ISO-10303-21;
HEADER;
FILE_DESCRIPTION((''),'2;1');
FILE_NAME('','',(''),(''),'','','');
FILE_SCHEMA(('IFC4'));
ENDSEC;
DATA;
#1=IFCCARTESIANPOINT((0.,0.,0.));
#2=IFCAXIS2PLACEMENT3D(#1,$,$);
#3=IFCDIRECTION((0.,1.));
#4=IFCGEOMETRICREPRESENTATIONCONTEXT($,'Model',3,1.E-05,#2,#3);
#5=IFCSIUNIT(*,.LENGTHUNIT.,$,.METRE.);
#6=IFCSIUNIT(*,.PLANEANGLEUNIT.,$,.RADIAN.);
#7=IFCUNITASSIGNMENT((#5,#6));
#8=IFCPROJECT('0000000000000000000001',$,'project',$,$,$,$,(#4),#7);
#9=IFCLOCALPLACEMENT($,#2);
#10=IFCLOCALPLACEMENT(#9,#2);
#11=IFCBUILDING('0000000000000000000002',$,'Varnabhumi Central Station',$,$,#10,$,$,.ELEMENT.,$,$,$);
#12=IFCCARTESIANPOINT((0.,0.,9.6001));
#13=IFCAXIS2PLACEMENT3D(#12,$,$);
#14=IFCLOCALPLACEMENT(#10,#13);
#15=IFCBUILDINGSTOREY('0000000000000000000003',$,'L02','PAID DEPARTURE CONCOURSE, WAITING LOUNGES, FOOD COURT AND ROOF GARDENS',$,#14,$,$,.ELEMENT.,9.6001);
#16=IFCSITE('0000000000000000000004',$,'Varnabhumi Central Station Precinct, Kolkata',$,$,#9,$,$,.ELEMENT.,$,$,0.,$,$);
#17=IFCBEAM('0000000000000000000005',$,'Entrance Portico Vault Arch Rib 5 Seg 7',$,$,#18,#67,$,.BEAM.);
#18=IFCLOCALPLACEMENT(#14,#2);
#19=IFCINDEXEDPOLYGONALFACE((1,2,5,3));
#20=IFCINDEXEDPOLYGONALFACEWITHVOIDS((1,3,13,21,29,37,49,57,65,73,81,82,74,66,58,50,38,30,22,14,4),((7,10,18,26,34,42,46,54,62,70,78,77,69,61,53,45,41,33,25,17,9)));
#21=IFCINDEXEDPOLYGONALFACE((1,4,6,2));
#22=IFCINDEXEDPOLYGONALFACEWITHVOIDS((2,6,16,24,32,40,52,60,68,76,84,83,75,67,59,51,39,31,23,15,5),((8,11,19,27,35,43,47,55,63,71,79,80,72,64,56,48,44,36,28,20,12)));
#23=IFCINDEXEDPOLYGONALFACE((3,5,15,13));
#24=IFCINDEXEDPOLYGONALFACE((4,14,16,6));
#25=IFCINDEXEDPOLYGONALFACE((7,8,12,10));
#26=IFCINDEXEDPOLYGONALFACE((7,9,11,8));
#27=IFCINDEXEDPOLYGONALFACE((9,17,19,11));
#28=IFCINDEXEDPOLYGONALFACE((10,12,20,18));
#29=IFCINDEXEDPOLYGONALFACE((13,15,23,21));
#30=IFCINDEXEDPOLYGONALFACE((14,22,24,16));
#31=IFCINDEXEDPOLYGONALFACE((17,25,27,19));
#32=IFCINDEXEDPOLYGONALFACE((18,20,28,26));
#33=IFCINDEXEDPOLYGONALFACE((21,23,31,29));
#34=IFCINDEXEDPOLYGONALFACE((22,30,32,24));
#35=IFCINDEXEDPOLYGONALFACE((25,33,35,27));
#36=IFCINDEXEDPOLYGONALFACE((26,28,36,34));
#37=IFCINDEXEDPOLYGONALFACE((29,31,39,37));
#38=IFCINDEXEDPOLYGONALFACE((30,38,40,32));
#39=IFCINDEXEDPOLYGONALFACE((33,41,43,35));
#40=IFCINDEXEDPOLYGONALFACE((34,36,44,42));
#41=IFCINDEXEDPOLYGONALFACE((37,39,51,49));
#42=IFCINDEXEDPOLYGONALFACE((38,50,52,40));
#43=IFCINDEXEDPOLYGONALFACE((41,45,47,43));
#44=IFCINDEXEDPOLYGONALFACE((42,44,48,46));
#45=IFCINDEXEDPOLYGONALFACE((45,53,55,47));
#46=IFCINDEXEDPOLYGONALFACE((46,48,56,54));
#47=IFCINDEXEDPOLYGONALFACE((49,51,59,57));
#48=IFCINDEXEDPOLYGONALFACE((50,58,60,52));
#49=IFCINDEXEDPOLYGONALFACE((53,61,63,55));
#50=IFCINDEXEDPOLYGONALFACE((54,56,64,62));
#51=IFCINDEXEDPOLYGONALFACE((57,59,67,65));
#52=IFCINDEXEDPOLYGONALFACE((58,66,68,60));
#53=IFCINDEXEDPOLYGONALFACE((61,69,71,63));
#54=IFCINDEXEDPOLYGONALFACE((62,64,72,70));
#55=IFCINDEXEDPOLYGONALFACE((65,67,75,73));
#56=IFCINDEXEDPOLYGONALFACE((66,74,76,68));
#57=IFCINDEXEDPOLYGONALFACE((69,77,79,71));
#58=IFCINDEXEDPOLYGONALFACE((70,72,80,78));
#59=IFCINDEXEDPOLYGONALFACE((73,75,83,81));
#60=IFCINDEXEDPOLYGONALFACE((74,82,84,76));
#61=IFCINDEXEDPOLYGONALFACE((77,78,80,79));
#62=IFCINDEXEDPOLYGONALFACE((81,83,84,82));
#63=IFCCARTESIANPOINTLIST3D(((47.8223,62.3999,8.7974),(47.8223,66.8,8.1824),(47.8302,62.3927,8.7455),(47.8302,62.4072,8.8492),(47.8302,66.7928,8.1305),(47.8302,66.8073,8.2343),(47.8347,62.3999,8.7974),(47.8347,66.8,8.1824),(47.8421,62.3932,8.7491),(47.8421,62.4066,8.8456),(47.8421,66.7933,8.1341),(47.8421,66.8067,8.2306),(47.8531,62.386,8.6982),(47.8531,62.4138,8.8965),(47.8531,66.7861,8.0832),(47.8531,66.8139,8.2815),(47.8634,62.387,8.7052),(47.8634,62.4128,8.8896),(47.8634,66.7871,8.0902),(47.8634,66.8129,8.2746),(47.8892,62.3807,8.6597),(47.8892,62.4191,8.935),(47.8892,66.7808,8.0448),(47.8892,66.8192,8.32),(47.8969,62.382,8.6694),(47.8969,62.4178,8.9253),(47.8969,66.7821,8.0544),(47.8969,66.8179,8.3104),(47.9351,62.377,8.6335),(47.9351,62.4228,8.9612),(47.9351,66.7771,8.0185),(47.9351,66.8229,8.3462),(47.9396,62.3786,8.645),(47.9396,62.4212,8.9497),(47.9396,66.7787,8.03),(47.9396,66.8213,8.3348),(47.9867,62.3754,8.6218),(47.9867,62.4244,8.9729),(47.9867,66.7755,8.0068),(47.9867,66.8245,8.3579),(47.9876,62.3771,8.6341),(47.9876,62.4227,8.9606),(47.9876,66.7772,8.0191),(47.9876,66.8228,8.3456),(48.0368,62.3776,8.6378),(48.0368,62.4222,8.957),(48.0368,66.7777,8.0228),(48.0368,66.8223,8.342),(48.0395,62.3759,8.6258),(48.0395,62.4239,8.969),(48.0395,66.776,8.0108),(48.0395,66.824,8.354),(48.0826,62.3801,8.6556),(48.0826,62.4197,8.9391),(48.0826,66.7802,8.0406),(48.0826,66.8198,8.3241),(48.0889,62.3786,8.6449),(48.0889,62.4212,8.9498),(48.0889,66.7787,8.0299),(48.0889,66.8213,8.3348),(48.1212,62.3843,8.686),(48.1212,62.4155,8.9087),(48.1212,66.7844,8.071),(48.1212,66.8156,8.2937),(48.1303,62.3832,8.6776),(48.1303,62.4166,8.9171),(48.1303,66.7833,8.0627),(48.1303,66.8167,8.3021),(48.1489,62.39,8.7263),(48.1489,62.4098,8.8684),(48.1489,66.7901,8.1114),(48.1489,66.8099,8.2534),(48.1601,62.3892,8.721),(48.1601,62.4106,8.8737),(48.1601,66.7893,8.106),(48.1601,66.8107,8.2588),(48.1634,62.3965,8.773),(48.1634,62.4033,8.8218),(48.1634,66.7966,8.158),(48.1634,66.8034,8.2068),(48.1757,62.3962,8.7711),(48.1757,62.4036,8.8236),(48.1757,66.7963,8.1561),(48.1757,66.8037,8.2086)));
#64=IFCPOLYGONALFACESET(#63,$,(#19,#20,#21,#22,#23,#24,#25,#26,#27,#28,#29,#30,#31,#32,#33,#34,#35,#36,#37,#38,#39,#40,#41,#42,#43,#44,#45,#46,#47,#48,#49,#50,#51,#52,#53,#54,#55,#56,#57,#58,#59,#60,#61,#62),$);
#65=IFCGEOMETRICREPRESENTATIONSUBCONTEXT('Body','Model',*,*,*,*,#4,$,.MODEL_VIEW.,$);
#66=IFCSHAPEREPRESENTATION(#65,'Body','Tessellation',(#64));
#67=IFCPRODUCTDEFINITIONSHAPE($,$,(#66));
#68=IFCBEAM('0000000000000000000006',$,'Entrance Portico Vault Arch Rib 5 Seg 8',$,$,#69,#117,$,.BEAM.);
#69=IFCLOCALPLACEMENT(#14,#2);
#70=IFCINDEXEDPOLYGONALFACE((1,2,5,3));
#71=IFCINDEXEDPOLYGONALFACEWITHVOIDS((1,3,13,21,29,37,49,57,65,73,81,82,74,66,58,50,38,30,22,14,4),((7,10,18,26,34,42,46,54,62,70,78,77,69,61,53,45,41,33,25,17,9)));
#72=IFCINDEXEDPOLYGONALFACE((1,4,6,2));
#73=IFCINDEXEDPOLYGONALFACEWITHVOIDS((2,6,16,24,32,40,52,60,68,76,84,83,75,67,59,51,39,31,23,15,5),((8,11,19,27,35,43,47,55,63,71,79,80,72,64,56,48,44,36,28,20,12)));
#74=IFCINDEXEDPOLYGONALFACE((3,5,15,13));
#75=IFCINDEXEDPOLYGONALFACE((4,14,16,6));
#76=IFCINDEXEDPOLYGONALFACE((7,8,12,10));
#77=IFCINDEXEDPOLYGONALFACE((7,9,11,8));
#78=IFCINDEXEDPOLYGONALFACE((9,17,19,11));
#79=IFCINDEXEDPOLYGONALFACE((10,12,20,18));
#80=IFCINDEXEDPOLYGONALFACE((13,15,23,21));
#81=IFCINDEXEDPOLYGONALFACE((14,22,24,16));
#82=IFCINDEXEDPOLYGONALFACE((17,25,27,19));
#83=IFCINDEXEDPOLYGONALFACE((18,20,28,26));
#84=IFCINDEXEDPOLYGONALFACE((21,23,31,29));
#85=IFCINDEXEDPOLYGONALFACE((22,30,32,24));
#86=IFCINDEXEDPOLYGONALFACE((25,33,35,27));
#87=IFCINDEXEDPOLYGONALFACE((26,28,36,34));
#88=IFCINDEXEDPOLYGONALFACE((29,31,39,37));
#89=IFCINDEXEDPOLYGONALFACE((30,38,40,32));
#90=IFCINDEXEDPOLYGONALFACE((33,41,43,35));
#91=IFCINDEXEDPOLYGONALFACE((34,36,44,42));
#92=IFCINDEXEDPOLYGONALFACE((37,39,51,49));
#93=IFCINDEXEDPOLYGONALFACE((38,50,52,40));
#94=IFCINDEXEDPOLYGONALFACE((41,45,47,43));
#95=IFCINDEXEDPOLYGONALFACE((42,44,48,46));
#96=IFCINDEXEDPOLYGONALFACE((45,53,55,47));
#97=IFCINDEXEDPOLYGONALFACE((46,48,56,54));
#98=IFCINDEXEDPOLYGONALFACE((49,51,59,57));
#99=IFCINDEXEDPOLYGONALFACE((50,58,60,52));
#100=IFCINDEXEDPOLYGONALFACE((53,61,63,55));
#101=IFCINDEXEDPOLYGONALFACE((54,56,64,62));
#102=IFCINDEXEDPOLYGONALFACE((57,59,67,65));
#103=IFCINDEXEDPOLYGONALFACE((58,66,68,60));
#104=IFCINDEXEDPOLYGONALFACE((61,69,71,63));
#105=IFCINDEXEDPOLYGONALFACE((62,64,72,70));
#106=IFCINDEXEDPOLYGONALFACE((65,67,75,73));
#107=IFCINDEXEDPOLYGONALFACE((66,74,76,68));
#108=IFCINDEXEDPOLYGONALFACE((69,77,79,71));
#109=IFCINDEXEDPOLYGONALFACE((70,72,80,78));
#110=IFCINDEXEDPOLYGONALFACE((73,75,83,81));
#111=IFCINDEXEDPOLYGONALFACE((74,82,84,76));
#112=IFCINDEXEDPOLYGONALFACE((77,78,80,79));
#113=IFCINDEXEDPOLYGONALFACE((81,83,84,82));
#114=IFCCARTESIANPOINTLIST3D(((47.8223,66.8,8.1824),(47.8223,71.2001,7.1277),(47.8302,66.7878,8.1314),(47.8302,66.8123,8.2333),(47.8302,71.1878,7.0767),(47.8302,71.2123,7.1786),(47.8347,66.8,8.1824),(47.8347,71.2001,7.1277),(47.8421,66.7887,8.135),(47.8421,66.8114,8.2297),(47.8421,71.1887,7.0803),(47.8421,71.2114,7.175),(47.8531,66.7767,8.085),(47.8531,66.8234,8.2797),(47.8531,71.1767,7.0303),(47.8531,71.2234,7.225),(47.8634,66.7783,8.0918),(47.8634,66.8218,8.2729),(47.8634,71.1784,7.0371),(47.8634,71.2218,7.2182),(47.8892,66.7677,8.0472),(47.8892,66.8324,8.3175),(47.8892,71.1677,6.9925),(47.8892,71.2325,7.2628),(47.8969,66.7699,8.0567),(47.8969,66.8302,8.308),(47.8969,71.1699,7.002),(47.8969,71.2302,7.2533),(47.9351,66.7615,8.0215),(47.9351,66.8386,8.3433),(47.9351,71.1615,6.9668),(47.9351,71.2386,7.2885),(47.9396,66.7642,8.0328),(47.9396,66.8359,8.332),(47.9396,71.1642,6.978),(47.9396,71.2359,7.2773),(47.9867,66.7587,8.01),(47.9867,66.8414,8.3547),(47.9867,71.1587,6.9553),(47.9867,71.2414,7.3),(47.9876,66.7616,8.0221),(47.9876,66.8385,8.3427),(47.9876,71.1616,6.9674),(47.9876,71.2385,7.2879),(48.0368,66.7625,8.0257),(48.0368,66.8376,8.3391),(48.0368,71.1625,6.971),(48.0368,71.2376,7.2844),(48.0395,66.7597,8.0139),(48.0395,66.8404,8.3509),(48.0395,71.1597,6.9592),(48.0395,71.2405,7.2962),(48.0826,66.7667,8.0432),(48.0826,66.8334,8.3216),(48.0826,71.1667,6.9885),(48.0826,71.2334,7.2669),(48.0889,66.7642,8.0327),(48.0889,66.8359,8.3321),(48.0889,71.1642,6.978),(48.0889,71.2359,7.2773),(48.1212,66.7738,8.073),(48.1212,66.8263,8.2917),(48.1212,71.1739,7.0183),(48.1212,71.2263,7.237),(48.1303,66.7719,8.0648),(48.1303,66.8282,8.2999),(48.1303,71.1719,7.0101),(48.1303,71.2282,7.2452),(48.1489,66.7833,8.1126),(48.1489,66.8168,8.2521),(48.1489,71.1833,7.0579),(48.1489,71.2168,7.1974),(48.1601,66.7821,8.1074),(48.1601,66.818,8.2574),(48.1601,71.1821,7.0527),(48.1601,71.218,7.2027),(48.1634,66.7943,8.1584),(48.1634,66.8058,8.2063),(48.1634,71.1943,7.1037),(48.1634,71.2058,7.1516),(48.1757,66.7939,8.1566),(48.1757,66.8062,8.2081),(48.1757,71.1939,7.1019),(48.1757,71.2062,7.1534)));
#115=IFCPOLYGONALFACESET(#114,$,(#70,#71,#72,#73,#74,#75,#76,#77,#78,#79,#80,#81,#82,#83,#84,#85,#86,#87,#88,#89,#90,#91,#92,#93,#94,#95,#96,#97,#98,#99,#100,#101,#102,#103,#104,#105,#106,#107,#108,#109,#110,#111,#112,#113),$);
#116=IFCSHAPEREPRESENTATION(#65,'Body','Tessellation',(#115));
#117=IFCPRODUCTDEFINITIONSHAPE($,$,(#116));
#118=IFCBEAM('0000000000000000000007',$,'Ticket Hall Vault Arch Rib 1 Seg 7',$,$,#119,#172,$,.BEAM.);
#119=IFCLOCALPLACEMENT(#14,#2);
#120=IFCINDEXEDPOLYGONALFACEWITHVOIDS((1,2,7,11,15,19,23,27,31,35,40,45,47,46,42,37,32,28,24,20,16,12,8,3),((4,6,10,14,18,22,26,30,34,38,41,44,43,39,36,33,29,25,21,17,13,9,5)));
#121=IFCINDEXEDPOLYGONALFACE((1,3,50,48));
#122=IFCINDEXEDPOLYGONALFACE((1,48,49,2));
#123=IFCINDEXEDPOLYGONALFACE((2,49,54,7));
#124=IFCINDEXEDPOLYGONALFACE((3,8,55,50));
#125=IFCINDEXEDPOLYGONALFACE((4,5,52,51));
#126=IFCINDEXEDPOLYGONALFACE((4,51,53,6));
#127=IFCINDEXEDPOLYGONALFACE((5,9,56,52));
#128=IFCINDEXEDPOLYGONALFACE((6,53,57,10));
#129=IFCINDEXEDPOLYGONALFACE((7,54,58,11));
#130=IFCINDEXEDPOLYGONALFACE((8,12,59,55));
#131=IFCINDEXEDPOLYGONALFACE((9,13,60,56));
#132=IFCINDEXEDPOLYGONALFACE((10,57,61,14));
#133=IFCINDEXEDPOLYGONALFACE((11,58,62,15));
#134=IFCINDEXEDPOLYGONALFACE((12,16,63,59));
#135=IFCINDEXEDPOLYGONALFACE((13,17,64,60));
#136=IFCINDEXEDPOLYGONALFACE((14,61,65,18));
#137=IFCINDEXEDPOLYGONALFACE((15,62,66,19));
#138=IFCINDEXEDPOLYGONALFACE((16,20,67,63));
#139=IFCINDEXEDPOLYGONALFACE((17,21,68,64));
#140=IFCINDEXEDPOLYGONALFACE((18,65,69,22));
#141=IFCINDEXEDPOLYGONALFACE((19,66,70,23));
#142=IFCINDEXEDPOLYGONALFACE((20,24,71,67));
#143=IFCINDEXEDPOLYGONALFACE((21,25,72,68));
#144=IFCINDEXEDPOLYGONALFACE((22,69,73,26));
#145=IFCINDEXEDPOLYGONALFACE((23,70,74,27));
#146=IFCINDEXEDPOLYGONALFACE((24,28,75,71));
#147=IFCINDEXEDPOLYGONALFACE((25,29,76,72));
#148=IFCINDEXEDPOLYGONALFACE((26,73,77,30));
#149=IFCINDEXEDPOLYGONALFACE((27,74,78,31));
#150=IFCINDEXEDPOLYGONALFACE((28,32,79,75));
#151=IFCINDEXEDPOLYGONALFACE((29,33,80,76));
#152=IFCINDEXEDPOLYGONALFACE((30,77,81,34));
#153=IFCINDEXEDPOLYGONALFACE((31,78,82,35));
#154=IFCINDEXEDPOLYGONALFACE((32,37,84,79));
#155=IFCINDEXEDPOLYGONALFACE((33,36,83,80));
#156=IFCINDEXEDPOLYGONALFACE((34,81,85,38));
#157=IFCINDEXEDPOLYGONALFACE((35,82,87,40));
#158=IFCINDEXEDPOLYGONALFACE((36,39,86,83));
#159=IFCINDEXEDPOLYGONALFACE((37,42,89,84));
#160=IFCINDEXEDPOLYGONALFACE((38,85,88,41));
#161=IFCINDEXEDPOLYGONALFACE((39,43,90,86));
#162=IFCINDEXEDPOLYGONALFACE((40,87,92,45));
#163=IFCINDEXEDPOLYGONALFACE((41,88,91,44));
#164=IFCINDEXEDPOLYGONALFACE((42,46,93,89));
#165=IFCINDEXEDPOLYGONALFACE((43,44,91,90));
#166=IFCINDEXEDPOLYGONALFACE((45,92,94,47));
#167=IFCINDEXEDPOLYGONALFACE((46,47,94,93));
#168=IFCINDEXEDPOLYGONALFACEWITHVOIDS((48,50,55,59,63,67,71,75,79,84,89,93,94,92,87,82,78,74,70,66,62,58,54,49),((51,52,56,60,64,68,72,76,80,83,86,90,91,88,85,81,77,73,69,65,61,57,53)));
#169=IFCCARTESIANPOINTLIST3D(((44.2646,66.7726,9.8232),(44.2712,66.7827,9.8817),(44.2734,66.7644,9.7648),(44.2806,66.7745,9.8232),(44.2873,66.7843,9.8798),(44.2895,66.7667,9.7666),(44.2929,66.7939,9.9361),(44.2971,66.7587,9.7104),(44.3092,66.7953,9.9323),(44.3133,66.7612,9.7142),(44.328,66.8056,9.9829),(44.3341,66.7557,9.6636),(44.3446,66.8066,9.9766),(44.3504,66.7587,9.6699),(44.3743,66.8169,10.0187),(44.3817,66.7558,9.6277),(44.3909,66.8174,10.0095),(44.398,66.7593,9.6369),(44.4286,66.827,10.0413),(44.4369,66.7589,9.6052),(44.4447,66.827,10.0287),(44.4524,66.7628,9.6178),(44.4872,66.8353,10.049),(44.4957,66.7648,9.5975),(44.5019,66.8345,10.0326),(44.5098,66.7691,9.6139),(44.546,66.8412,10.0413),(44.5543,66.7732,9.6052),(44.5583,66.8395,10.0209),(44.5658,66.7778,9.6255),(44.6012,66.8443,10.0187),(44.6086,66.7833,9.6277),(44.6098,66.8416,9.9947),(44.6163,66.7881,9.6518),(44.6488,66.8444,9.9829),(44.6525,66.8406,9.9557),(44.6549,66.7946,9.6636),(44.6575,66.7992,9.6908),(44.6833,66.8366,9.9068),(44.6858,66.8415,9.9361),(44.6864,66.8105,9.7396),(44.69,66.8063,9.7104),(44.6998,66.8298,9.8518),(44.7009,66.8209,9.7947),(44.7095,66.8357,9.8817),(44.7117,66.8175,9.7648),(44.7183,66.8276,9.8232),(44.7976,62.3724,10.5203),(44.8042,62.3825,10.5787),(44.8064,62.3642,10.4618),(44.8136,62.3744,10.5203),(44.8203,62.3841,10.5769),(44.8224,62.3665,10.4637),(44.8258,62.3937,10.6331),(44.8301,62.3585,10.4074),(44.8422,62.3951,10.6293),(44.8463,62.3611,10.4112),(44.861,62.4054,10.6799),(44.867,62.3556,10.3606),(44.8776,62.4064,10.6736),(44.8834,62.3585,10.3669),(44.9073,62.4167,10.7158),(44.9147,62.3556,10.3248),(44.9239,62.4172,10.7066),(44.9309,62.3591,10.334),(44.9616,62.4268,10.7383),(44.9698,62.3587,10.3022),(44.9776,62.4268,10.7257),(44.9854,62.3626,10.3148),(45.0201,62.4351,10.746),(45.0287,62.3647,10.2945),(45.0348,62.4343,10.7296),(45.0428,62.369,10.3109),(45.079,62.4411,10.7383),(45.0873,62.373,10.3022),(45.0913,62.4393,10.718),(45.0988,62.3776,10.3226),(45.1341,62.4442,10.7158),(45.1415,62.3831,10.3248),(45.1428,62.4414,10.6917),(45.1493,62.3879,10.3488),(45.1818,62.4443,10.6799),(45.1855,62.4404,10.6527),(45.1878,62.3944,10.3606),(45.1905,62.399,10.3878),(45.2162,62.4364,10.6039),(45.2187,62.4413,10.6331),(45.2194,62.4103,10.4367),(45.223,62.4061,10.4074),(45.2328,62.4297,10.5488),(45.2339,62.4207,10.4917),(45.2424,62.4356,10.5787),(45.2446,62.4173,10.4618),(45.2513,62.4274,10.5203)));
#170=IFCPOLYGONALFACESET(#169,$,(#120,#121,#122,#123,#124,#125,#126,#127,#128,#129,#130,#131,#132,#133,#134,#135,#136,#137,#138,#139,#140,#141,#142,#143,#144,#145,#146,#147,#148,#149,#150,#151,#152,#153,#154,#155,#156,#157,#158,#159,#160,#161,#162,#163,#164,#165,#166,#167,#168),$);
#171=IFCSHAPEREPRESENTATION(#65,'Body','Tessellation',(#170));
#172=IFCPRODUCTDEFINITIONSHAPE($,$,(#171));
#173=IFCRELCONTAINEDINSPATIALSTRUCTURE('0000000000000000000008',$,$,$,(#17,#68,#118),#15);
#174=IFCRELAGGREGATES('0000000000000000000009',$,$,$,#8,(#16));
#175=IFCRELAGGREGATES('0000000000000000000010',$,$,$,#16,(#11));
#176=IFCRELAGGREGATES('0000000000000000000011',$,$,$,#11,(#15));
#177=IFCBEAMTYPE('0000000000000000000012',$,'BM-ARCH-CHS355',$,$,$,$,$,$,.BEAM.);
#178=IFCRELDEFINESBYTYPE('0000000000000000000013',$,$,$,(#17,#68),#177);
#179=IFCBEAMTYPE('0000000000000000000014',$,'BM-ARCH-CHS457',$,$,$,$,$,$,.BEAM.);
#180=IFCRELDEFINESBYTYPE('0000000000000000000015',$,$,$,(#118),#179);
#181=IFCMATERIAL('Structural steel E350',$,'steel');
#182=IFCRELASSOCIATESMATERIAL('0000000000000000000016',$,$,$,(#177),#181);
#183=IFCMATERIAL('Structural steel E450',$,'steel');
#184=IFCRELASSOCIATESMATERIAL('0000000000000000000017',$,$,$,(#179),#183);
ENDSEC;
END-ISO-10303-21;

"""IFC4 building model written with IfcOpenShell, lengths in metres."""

from ifc_helpers import new_model, si_unit, direction, frame, origin, origin_2d, place, context, subcontext, project, spatial, hollow_circle, extrude, material, material_profile, profile_set, type_object, element, save


model = new_model("IFC4")

# Units and contexts
model_context = context("Model", 3, precision=1e-05, world=origin(), true_north=direction((0.0, 1.0)))
body_context = subcontext(model_context, "Body", "Model", "MODEL_VIEW")
ifc_project = project(units=[si_unit("LENGTHUNIT", "METRE"), si_unit("PLANEANGLEUNIT", "RADIAN")], contexts=[model_context])

# Site, building, storey
site_placement = place(None, origin())
site = spatial("IfcSite", under=ifc_project, at=site_placement, Name="Varnabhumi Central Station Precinct, Kolkata", CompositionType="ELEMENT", RefElevation=0.0)
building_placement = place(site_placement, origin())
building = spatial("IfcBuilding", under=site, at=building_placement, Name="Varnabhumi Central Station", CompositionType="ELEMENT")
storey_placement = place(building_placement, frame((0.0, 0.0, 9.6001)))
storey = spatial("IfcBuildingStorey", under=building, at=storey_placement, Name="L02", Description="PAID DEPARTURE CONCOURSE, WAITING LOUNGES, FOOD COURT AND ROOF GARDENS", CompositionType="ELEMENT", Elevation=9.6001)

# Beams
ifc_material_1 = material(Name="Structural steel E350", Category="steel")
ifc_material_profile_1 = material_profile(ifc_material_1, hollow_circle(Radius=0.1777, WallThickness=0.0125, at=origin_2d()), Name="Structural steel E350", Category="steel")
ifc_profile_set_1 = profile_set([ifc_material_profile_1], Name="Structural steel E350")
beam_type_1 = type_object("IfcBeamType", Name="BM-ARCH-CHS355", PredefinedType="BEAM", material=ifc_profile_set_1)
beam_1_placement = place(storey_placement, frame((48.0, 62.3999, 8.7974), z_axis=(0.0, 0.990374, -0.13842), x_axis=(-1.0, 0.0, 0.0)))
element("IfcBeam", 1, at=beam_1_placement, inside=storey, type_object=beam_type_1, Name="Entrance Portico Vault Arch Rib 5 Seg 7", PredefinedType="BEAM", context=body_context, shape_type="SweptSolid", body=[
    extrude(hollow_circle(Radius=0.1777, WallThickness=0.0125, at=origin_2d()), origin(), (0.0, 0.0, 1.0), 4.4429),
])
beam_2_placement = place(storey_placement, frame((48.0, 66.8, 8.1824), z_axis=(0.0, 0.972452, -0.233104), x_axis=(-1.0, 0.0, 0.0)))
element("IfcBeam", 2, at=beam_2_placement, inside=storey, type_object=beam_type_1, Name="Entrance Portico Vault Arch Rib 5 Seg 8", PredefinedType="BEAM", context=body_context, shape_type="SweptSolid", body=[
    extrude(hollow_circle(Radius=0.1777, WallThickness=0.0125, at=origin_2d()), origin(), (0.0, 0.0, 1.0), 4.5247),
])
ifc_material_2 = material(Name="Structural steel E450", Category="steel")
ifc_material_profile_2 = material_profile(ifc_material_2, hollow_circle(Radius=0.2285, WallThickness=0.0161, at=origin_2d()), Name="Structural steel E450", Category="steel")
ifc_profile_set_2 = profile_set([ifc_material_profile_2], Name="Structural steel E450")
beam_type_2 = type_object("IfcBeamType", Name="BM-ARCH-CHS457", PredefinedType="BEAM", material=ifc_profile_set_2)
beam_3_placement = place(storey_placement, frame((45.0244, 62.3999, 10.5203), z_axis=(-0.118784, 0.980692, -0.15535), x_axis=(-0.992744, -0.120244, 0.0)))
element("IfcBeam", 3, at=beam_3_placement, inside=storey, type_object=beam_type_2, Name="Ticket Hall Vault Arch Rib 1 Seg 7", PredefinedType="BEAM", context=body_context, shape_type="SweptSolid", body=[
    extrude(hollow_circle(Radius=0.2285, WallThickness=0.0161, at=origin_2d()), origin(), (0.0, 0.0, 1.0), 4.4868),
])

save(model, "model.ifc")
